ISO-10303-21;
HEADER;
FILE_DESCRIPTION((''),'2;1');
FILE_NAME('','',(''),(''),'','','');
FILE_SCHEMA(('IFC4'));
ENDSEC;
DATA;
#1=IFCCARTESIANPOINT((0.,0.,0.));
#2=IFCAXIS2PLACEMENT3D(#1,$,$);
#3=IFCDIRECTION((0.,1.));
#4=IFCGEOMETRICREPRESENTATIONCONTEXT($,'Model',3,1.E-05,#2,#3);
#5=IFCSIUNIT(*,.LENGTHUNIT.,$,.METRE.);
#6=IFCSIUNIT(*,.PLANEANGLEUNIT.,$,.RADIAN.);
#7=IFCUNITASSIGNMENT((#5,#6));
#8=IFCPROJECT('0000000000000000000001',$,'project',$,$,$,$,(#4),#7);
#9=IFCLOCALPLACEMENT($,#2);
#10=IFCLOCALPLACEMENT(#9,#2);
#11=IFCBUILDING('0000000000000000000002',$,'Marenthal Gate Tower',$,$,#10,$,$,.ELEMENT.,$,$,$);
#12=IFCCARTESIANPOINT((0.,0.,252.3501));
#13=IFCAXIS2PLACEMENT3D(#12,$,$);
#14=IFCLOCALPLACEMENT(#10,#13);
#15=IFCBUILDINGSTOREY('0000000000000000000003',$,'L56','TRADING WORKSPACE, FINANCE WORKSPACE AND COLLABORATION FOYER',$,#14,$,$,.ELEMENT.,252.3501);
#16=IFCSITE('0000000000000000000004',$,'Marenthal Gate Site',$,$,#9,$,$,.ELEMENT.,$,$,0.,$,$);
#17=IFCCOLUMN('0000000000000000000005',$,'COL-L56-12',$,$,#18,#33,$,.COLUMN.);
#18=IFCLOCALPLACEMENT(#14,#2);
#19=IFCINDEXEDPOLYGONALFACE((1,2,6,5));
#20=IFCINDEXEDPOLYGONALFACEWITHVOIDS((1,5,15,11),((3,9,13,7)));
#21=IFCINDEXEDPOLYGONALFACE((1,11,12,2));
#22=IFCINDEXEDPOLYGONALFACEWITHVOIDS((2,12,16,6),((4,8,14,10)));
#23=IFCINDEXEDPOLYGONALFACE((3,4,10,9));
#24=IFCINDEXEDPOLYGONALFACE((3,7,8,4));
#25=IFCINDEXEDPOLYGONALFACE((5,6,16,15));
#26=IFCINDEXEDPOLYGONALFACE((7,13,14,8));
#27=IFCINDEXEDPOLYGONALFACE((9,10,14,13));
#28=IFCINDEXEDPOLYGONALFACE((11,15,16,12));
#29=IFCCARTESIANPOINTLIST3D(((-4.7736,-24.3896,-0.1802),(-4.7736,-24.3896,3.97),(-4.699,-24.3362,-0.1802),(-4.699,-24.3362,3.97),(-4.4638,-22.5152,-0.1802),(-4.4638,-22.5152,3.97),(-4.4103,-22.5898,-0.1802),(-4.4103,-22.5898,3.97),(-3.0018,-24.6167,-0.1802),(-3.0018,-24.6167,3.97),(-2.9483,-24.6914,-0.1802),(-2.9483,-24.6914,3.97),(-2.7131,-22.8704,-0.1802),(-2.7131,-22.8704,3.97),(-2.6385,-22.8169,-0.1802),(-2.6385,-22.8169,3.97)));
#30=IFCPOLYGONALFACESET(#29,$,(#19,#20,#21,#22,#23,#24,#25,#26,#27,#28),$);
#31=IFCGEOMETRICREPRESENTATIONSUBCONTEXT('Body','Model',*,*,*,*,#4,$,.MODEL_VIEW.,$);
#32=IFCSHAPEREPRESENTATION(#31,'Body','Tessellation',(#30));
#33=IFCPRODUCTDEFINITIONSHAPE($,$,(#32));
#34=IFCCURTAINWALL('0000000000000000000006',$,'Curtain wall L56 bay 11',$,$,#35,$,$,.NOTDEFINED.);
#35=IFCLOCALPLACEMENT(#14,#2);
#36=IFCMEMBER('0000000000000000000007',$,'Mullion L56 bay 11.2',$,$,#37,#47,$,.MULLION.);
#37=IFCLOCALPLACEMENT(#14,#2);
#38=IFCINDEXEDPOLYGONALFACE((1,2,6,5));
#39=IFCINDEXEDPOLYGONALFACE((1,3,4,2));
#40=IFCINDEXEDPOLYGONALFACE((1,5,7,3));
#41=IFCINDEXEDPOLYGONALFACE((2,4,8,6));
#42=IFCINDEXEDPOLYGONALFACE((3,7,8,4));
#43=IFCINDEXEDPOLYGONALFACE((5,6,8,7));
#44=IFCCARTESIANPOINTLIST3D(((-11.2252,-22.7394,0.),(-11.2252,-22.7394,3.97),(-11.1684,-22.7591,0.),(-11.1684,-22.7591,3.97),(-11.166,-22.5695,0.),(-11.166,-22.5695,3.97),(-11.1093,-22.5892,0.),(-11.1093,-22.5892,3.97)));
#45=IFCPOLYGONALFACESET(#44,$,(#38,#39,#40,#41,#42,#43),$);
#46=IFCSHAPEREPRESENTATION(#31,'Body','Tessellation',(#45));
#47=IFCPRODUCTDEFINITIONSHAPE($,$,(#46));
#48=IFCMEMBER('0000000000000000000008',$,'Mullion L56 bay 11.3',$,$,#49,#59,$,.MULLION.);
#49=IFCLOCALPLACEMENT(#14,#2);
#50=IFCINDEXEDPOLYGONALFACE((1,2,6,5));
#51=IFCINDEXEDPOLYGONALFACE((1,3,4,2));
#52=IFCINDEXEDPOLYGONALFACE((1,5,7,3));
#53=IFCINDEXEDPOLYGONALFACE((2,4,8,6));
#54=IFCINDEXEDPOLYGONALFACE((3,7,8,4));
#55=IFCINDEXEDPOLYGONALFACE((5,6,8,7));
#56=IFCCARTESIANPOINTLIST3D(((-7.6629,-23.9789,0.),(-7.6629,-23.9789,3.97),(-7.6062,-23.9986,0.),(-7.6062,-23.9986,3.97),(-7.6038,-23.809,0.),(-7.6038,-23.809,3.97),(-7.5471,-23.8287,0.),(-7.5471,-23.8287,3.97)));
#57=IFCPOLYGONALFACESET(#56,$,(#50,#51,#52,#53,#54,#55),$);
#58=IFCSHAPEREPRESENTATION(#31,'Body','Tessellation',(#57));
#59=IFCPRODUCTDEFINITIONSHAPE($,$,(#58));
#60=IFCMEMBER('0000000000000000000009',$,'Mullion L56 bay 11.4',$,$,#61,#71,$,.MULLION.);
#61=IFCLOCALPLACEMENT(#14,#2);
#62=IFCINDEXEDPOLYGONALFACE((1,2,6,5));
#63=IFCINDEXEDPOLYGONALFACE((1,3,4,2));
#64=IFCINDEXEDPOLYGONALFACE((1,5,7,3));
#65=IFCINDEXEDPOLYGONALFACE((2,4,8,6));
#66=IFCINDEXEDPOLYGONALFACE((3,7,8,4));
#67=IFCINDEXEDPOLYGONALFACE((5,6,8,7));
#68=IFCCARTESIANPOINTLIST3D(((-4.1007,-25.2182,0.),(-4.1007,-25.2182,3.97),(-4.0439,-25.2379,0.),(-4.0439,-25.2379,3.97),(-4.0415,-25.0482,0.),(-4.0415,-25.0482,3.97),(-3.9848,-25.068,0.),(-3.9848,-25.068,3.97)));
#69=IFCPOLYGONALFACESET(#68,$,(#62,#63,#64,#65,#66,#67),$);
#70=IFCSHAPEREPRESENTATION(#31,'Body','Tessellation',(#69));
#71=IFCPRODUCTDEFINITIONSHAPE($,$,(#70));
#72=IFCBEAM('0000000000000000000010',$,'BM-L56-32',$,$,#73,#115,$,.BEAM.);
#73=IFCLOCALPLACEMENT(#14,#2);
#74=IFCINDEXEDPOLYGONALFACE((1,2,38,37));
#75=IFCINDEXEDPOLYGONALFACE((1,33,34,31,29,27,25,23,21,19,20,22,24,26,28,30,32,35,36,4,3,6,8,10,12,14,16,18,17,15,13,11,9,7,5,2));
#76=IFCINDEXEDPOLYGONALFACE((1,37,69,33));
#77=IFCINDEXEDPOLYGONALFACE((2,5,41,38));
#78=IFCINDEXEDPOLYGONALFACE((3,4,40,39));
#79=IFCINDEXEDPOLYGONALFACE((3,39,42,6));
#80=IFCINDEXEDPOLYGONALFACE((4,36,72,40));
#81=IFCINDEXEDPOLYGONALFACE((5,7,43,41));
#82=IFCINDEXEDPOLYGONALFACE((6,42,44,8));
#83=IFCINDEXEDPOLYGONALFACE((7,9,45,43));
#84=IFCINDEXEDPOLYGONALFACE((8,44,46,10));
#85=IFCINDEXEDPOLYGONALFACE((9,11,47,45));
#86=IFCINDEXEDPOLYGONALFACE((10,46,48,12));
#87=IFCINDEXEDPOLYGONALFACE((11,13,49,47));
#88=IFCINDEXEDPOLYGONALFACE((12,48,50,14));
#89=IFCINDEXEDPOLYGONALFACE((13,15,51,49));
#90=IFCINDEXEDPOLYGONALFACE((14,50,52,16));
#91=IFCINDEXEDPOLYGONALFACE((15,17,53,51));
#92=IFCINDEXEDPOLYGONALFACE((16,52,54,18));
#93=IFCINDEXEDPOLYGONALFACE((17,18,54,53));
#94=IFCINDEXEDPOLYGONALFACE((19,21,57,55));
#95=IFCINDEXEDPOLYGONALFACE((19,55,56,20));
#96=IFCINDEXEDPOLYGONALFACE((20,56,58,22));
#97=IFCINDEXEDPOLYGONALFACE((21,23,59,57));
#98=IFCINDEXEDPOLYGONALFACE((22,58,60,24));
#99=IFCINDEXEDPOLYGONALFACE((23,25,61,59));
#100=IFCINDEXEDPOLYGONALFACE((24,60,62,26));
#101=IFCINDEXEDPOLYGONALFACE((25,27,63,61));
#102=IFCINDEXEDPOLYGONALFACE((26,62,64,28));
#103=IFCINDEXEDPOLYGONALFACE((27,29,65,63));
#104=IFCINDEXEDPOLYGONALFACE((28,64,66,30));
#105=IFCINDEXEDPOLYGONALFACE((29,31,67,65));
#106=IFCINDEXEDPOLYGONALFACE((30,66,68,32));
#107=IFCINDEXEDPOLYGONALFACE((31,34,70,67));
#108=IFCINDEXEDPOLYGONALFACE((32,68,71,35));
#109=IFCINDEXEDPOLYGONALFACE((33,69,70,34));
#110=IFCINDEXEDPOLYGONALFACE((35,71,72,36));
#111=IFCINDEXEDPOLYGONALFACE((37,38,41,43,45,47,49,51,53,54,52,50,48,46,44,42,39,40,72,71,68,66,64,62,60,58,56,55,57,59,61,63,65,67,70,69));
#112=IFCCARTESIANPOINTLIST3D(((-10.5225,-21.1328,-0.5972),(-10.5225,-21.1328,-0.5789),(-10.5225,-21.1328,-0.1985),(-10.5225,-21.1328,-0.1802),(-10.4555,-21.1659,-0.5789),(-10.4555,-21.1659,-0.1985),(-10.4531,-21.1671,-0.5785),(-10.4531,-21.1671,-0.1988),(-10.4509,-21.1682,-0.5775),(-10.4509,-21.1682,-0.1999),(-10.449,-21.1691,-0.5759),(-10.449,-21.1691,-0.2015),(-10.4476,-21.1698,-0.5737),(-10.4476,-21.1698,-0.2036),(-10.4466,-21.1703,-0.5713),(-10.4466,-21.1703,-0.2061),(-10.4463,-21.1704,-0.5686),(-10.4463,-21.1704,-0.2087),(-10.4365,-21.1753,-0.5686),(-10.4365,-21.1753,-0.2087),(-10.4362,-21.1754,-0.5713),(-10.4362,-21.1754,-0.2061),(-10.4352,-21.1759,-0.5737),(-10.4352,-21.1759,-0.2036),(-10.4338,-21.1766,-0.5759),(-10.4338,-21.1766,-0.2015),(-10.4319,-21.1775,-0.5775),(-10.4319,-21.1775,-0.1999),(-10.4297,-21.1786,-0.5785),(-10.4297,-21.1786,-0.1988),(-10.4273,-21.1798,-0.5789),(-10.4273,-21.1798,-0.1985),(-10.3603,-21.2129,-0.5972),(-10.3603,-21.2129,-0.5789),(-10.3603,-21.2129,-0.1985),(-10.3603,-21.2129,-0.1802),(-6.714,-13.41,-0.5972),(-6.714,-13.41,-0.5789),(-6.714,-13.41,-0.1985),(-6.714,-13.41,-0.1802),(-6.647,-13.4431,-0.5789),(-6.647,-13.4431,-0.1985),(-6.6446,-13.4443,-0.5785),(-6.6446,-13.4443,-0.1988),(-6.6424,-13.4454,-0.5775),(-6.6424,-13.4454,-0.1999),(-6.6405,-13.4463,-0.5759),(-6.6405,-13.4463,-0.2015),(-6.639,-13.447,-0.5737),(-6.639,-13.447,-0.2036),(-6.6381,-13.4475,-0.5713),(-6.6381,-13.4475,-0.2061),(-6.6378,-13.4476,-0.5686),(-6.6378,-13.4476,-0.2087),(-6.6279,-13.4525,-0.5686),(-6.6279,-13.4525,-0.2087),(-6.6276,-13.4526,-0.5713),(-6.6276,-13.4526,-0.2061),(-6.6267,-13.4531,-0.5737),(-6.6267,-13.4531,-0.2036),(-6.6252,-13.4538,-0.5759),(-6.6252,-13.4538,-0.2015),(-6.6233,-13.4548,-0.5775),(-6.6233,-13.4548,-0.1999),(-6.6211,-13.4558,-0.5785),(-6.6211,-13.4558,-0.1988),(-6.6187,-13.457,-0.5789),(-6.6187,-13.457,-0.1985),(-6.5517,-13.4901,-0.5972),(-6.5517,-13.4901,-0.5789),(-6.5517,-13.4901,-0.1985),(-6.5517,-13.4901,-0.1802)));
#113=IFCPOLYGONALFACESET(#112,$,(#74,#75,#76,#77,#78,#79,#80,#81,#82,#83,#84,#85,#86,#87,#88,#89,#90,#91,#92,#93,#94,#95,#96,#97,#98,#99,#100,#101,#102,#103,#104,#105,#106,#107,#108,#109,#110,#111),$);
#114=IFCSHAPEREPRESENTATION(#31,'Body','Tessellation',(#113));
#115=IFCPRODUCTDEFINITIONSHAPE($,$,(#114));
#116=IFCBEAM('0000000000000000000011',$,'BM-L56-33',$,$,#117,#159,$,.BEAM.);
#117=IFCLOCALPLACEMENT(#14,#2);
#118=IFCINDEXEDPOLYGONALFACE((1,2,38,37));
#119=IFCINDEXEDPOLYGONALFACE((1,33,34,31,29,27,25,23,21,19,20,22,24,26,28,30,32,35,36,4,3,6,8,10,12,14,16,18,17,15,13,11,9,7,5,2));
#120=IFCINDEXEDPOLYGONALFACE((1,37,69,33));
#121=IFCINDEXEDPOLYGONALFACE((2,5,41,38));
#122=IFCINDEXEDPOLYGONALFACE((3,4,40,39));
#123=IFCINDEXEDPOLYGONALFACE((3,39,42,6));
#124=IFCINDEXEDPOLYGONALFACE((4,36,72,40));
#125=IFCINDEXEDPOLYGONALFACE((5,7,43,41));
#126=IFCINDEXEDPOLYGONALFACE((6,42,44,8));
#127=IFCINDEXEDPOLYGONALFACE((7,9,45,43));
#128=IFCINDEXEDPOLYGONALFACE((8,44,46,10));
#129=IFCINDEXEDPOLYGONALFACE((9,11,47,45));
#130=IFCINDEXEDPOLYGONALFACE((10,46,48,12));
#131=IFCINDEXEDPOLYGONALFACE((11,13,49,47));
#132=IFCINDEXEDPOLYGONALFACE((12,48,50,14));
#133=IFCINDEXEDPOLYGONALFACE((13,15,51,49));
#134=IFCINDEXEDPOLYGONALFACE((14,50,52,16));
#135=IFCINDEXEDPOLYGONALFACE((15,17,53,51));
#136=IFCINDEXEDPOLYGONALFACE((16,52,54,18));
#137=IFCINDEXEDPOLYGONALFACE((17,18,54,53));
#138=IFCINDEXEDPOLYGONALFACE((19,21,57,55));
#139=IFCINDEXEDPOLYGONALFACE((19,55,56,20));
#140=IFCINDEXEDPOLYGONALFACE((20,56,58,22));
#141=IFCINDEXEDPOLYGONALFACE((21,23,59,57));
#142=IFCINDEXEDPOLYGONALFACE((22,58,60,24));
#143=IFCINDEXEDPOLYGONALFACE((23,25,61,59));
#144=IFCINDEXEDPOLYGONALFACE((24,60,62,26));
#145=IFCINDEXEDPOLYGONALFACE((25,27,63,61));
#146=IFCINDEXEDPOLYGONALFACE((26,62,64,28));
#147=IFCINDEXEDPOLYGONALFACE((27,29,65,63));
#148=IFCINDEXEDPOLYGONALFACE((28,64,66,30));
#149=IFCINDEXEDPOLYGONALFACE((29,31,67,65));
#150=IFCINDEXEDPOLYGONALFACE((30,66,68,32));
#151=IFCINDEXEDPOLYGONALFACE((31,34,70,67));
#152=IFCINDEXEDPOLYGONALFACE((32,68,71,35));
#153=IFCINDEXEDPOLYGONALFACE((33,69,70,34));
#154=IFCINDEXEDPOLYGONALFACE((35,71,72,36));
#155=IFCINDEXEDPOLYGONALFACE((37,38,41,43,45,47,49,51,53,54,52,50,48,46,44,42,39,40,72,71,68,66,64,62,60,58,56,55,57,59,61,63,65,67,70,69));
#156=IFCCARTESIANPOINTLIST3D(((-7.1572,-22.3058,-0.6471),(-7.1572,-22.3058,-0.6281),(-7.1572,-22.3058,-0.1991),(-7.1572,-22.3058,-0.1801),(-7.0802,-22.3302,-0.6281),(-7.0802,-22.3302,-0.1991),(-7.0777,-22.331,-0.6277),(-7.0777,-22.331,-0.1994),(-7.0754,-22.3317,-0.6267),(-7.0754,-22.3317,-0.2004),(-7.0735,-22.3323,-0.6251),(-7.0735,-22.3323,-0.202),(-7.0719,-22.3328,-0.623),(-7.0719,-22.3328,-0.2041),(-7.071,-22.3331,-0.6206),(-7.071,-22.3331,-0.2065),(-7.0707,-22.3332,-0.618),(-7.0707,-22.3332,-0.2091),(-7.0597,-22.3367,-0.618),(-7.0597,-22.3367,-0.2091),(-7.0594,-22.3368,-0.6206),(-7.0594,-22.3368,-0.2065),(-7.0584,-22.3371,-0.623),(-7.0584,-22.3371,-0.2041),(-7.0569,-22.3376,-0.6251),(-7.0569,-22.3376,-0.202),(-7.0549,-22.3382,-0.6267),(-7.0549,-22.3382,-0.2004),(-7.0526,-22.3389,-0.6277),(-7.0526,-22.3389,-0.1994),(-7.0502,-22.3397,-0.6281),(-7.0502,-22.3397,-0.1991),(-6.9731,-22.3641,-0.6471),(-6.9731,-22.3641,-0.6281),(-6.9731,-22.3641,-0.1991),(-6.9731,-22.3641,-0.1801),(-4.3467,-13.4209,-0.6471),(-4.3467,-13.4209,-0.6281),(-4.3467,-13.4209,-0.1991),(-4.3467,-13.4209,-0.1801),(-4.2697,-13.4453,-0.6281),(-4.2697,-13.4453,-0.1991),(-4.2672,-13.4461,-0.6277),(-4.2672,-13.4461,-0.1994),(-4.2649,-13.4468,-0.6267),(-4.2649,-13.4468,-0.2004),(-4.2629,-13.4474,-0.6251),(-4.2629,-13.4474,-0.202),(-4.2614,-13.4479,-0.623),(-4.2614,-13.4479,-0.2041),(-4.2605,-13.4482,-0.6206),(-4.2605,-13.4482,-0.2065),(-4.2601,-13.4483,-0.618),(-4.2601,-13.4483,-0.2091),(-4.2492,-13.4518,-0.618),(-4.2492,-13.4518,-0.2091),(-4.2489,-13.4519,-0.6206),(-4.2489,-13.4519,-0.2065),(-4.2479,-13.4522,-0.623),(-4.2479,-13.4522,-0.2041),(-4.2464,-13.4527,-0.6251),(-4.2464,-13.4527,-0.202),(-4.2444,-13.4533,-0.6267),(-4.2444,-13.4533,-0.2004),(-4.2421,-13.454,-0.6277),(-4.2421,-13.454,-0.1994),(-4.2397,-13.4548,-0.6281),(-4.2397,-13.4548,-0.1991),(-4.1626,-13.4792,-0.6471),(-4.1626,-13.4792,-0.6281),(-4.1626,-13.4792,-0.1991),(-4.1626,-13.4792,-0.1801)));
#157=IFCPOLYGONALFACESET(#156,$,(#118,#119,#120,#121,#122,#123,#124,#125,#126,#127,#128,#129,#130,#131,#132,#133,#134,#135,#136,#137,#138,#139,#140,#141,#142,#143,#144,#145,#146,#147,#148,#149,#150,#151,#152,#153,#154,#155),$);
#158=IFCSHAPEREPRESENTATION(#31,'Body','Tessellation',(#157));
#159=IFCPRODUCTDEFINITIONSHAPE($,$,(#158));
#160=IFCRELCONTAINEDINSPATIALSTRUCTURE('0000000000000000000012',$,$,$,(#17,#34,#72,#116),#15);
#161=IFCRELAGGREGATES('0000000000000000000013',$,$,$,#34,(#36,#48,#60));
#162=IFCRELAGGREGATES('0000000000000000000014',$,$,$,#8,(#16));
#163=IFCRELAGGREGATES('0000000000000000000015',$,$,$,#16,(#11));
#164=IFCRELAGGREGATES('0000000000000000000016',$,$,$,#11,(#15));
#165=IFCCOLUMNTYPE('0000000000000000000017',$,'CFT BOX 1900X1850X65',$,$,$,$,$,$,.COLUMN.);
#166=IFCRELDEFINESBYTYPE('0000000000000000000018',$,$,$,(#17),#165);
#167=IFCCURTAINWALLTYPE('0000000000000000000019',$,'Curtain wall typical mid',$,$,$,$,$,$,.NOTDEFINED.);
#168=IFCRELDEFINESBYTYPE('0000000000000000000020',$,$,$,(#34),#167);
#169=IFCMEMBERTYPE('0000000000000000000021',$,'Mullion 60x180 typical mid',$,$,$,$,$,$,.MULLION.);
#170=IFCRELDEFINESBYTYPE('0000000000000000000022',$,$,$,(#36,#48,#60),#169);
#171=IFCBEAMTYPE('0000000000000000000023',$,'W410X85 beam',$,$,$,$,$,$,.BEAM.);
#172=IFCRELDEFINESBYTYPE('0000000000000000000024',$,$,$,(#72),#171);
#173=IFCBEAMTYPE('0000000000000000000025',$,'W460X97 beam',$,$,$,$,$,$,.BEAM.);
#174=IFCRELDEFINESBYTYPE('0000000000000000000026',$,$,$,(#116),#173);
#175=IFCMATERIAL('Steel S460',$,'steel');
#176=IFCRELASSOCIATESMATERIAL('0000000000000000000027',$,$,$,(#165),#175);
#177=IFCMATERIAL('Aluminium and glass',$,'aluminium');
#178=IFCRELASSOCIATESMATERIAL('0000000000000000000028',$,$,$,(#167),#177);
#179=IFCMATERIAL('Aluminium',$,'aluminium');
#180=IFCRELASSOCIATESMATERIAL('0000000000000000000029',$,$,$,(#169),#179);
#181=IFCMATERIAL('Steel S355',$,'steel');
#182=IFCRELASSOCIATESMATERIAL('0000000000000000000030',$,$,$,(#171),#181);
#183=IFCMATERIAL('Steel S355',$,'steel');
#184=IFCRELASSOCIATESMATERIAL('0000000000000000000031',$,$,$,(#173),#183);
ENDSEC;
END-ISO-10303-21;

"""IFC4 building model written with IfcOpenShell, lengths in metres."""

from ifc_helpers import new_model, si_unit, direction, frame, origin, origin_2d, place, context, subcontext, project, spatial, rectangle, hollow_rectangle, i_section, extrude, material, material_profile, profile_set, type_object, element, aggregate, save


model = new_model("IFC4")

# Units and contexts
model_context = context("Model", 3, precision=1e-05, world=origin(), true_north=direction((0.0, 1.0)))
body_context = subcontext(model_context, "Body", "Model", "MODEL_VIEW")
ifc_project = project(units=[si_unit("LENGTHUNIT", "METRE"), si_unit("PLANEANGLEUNIT", "RADIAN")], contexts=[model_context])

# Site, building, storey
site_placement = place(None, origin())
site = spatial("IfcSite", under=ifc_project, at=site_placement, Name="Marenthal Gate Site", CompositionType="ELEMENT", RefElevation=0.0)
building_placement = place(site_placement, origin())
building = spatial("IfcBuilding", under=site, at=building_placement, Name="Marenthal Gate Tower", CompositionType="ELEMENT")
storey_placement = place(building_placement, frame((0.0, 0.0, 252.3501)))
storey = spatial("IfcBuildingStorey", under=building, at=storey_placement, Name="L56", Description="TRADING WORKSPACE, FINANCE WORKSPACE AND COLLABORATION FOYER", CompositionType="ELEMENT", Elevation=252.3501)

# Column
ifc_material_1 = material(Name="Steel S460", Category="steel")
ifc_material_profile_1 = material_profile(ifc_material_1, hollow_rectangle(XDim=1.8501, YDim=1.8999, WallThickness=0.0649, at=origin_2d()), Name="CFT BOX 1900X1850X65")
ifc_material_2 = material(Name="Concrete 70 MPa", Category="concrete")
ifc_material_profile_2 = material_profile(ifc_material_2, rectangle(XDim=1.72, YDim=1.77, at=origin_2d()), Name="CFT BOX 1900X1850X65 INFILL")
ifc_profile_set_1 = profile_set([ifc_material_profile_1, ifc_material_profile_2], Name="Steel S460 shell, Concrete 70 MPa infill")
column_type = type_object("IfcColumnType", Name="CFT BOX 1900X1850X65", PredefinedType="COLUMN", material=ifc_profile_set_1)
column_placement = place(storey_placement, frame((-3.7061, -23.6033, -0.1802), z_axis=(0.0, 0.0, 1.0), x_axis=(-0.986611, 0.163088, 0.0)))
element("IfcColumn", 1, at=column_placement, inside=storey, type_object=column_type, Name="COL-L56-12", PredefinedType="COLUMN", context=body_context, shape_type="SweptSolid", body=[
    extrude(hollow_rectangle(XDim=1.8501, YDim=1.8999, WallThickness=0.0649, at=origin_2d()), origin(), (0.0, 0.0, 1.0), 4.1501),
])

# Curtain wall, members
ifc_material_3 = material(Name="Aluminium and glass", Category="aluminium")
curtain_wall_type = type_object("IfcCurtainWallType", Name="Curtain wall typical mid", PredefinedType="NOTDEFINED", material=ifc_material_3)
curtain_wall_placement = place(storey_placement, origin())
curtain_wall = element("IfcCurtainWall", 2, at=curtain_wall_placement, inside=storey, type_object=curtain_wall_type, Name="Curtain wall L56 bay 11", PredefinedType="NOTDEFINED")
ifc_material_4 = material(Name="Aluminium", Category="aluminium")
ifc_material_profile_3 = material_profile(ifc_material_4, rectangle(XDim=0.1799, YDim=0.0601, at=origin_2d()), Name="60x180 aluminium mullion")
ifc_profile_set_2 = profile_set([ifc_material_profile_3], Name="Aluminium")
member_type = type_object("IfcMemberType", Name="Mullion 60x180 typical mid", PredefinedType="MULLION", material=ifc_profile_set_2)
member_1_placement = place(storey_placement, frame((-11.1672, -22.6643, 0.0), z_axis=(0.0, 0.0, 1.0), x_axis=(0.328612, 0.944465, 0.0)))
member_1 = element("IfcMember", 3, at=member_1_placement, type_object=member_type, Name="Mullion L56 bay 11.2", PredefinedType="MULLION", context=body_context, shape_type="SweptSolid", body=[
    extrude(rectangle(XDim=0.1799, YDim=0.0601, at=origin_2d()), origin(), (0.0, 0.0, 1.0), 3.97),
])
member_2_placement = place(storey_placement, frame((-7.605, -23.9038, 0.0), z_axis=(0.0, 0.0, 1.0), x_axis=(0.328612, 0.944465, 0.0)))
member_2 = element("IfcMember", 4, at=member_2_placement, type_object=member_type, Name="Mullion L56 bay 11.3", PredefinedType="MULLION", context=body_context, shape_type="SweptSolid", body=[
    extrude(rectangle(XDim=0.1799, YDim=0.0601, at=origin_2d()), origin(), (0.0, 0.0, 1.0), 3.97),
])
member_3_placement = place(storey_placement, frame((-4.0427, -25.1431, 0.0), z_axis=(0.0, 0.0, 1.0), x_axis=(0.328612, 0.944465, 0.0)))
member_3 = element("IfcMember", 5, at=member_3_placement, type_object=member_type, Name="Mullion L56 bay 11.4", PredefinedType="MULLION", context=body_context, shape_type="SweptSolid", body=[
    extrude(rectangle(XDim=0.1799, YDim=0.0601, at=origin_2d()), origin(), (0.0, 0.0, 1.0), 3.97),
])

# Beams
ifc_material_5 = material(Name="Steel S355", Category="steel")
ifc_material_profile_4 = material_profile(ifc_material_5, i_section(OverallWidth=0.1809, OverallDepth=0.417, WebThickness=0.011, FlangeThickness=0.0183, FilletRadius=0.0103, at=origin_2d()), Name="W410X85")
ifc_profile_set_3 = profile_set([ifc_material_profile_4], Name="Steel S355")
beam_type_1 = type_object("IfcBeamType", Name="W410X85 beam", PredefinedType="BEAM", material=ifc_profile_set_3)
beam_1_placement = place(storey_placement, frame((-10.4414, -21.1729, -0.3887), z_axis=(0.442296, 0.896869, 0.0), x_axis=(-0.896869, 0.442296, 0.0)))
element("IfcBeam", 6, at=beam_1_placement, inside=storey, type_object=beam_type_1, Name="BM-L56-32", PredefinedType="BEAM", context=body_context, shape_type="SweptSolid", body=[
    extrude(i_section(OverallWidth=0.1809, OverallDepth=0.417, WebThickness=0.011, FlangeThickness=0.0183, FilletRadius=0.0103, at=origin_2d()), origin(), (0.0, 0.0, 1.0), 8.6108),
])
ifc_material_6 = material(Name="Steel S355", Category="steel")
ifc_material_profile_5 = material_profile(ifc_material_6, i_section(OverallWidth=0.1931, OverallDepth=0.467, WebThickness=0.0115, FlangeThickness=0.019, FilletRadius=0.01, at=origin_2d()), Name="W460X97")
ifc_profile_set_4 = profile_set([ifc_material_profile_5], Name="Steel S355")
beam_type_2 = type_object("IfcBeamType", Name="W460X97 beam", PredefinedType="BEAM", material=ifc_profile_set_4)
beam_2_placement = place(storey_placement, frame((-7.0652, -22.335, -0.4136), z_axis=(0.301595, 0.953436, 0.0), x_axis=(-0.953436, 0.301595, 0.0)))
element("IfcBeam", 7, at=beam_2_placement, inside=storey, type_object=beam_type_2, Name="BM-L56-33", PredefinedType="BEAM", context=body_context, shape_type="SweptSolid", body=[
    extrude(i_section(OverallWidth=0.1931, OverallDepth=0.467, WebThickness=0.0115, FlangeThickness=0.019, FilletRadius=0.01, at=origin_2d()), origin(), (0.0, 0.0, 1.0), 9.3188),
])

aggregate(curtain_wall, [member_1, member_2, member_3])

save(model, "model.ifc")
